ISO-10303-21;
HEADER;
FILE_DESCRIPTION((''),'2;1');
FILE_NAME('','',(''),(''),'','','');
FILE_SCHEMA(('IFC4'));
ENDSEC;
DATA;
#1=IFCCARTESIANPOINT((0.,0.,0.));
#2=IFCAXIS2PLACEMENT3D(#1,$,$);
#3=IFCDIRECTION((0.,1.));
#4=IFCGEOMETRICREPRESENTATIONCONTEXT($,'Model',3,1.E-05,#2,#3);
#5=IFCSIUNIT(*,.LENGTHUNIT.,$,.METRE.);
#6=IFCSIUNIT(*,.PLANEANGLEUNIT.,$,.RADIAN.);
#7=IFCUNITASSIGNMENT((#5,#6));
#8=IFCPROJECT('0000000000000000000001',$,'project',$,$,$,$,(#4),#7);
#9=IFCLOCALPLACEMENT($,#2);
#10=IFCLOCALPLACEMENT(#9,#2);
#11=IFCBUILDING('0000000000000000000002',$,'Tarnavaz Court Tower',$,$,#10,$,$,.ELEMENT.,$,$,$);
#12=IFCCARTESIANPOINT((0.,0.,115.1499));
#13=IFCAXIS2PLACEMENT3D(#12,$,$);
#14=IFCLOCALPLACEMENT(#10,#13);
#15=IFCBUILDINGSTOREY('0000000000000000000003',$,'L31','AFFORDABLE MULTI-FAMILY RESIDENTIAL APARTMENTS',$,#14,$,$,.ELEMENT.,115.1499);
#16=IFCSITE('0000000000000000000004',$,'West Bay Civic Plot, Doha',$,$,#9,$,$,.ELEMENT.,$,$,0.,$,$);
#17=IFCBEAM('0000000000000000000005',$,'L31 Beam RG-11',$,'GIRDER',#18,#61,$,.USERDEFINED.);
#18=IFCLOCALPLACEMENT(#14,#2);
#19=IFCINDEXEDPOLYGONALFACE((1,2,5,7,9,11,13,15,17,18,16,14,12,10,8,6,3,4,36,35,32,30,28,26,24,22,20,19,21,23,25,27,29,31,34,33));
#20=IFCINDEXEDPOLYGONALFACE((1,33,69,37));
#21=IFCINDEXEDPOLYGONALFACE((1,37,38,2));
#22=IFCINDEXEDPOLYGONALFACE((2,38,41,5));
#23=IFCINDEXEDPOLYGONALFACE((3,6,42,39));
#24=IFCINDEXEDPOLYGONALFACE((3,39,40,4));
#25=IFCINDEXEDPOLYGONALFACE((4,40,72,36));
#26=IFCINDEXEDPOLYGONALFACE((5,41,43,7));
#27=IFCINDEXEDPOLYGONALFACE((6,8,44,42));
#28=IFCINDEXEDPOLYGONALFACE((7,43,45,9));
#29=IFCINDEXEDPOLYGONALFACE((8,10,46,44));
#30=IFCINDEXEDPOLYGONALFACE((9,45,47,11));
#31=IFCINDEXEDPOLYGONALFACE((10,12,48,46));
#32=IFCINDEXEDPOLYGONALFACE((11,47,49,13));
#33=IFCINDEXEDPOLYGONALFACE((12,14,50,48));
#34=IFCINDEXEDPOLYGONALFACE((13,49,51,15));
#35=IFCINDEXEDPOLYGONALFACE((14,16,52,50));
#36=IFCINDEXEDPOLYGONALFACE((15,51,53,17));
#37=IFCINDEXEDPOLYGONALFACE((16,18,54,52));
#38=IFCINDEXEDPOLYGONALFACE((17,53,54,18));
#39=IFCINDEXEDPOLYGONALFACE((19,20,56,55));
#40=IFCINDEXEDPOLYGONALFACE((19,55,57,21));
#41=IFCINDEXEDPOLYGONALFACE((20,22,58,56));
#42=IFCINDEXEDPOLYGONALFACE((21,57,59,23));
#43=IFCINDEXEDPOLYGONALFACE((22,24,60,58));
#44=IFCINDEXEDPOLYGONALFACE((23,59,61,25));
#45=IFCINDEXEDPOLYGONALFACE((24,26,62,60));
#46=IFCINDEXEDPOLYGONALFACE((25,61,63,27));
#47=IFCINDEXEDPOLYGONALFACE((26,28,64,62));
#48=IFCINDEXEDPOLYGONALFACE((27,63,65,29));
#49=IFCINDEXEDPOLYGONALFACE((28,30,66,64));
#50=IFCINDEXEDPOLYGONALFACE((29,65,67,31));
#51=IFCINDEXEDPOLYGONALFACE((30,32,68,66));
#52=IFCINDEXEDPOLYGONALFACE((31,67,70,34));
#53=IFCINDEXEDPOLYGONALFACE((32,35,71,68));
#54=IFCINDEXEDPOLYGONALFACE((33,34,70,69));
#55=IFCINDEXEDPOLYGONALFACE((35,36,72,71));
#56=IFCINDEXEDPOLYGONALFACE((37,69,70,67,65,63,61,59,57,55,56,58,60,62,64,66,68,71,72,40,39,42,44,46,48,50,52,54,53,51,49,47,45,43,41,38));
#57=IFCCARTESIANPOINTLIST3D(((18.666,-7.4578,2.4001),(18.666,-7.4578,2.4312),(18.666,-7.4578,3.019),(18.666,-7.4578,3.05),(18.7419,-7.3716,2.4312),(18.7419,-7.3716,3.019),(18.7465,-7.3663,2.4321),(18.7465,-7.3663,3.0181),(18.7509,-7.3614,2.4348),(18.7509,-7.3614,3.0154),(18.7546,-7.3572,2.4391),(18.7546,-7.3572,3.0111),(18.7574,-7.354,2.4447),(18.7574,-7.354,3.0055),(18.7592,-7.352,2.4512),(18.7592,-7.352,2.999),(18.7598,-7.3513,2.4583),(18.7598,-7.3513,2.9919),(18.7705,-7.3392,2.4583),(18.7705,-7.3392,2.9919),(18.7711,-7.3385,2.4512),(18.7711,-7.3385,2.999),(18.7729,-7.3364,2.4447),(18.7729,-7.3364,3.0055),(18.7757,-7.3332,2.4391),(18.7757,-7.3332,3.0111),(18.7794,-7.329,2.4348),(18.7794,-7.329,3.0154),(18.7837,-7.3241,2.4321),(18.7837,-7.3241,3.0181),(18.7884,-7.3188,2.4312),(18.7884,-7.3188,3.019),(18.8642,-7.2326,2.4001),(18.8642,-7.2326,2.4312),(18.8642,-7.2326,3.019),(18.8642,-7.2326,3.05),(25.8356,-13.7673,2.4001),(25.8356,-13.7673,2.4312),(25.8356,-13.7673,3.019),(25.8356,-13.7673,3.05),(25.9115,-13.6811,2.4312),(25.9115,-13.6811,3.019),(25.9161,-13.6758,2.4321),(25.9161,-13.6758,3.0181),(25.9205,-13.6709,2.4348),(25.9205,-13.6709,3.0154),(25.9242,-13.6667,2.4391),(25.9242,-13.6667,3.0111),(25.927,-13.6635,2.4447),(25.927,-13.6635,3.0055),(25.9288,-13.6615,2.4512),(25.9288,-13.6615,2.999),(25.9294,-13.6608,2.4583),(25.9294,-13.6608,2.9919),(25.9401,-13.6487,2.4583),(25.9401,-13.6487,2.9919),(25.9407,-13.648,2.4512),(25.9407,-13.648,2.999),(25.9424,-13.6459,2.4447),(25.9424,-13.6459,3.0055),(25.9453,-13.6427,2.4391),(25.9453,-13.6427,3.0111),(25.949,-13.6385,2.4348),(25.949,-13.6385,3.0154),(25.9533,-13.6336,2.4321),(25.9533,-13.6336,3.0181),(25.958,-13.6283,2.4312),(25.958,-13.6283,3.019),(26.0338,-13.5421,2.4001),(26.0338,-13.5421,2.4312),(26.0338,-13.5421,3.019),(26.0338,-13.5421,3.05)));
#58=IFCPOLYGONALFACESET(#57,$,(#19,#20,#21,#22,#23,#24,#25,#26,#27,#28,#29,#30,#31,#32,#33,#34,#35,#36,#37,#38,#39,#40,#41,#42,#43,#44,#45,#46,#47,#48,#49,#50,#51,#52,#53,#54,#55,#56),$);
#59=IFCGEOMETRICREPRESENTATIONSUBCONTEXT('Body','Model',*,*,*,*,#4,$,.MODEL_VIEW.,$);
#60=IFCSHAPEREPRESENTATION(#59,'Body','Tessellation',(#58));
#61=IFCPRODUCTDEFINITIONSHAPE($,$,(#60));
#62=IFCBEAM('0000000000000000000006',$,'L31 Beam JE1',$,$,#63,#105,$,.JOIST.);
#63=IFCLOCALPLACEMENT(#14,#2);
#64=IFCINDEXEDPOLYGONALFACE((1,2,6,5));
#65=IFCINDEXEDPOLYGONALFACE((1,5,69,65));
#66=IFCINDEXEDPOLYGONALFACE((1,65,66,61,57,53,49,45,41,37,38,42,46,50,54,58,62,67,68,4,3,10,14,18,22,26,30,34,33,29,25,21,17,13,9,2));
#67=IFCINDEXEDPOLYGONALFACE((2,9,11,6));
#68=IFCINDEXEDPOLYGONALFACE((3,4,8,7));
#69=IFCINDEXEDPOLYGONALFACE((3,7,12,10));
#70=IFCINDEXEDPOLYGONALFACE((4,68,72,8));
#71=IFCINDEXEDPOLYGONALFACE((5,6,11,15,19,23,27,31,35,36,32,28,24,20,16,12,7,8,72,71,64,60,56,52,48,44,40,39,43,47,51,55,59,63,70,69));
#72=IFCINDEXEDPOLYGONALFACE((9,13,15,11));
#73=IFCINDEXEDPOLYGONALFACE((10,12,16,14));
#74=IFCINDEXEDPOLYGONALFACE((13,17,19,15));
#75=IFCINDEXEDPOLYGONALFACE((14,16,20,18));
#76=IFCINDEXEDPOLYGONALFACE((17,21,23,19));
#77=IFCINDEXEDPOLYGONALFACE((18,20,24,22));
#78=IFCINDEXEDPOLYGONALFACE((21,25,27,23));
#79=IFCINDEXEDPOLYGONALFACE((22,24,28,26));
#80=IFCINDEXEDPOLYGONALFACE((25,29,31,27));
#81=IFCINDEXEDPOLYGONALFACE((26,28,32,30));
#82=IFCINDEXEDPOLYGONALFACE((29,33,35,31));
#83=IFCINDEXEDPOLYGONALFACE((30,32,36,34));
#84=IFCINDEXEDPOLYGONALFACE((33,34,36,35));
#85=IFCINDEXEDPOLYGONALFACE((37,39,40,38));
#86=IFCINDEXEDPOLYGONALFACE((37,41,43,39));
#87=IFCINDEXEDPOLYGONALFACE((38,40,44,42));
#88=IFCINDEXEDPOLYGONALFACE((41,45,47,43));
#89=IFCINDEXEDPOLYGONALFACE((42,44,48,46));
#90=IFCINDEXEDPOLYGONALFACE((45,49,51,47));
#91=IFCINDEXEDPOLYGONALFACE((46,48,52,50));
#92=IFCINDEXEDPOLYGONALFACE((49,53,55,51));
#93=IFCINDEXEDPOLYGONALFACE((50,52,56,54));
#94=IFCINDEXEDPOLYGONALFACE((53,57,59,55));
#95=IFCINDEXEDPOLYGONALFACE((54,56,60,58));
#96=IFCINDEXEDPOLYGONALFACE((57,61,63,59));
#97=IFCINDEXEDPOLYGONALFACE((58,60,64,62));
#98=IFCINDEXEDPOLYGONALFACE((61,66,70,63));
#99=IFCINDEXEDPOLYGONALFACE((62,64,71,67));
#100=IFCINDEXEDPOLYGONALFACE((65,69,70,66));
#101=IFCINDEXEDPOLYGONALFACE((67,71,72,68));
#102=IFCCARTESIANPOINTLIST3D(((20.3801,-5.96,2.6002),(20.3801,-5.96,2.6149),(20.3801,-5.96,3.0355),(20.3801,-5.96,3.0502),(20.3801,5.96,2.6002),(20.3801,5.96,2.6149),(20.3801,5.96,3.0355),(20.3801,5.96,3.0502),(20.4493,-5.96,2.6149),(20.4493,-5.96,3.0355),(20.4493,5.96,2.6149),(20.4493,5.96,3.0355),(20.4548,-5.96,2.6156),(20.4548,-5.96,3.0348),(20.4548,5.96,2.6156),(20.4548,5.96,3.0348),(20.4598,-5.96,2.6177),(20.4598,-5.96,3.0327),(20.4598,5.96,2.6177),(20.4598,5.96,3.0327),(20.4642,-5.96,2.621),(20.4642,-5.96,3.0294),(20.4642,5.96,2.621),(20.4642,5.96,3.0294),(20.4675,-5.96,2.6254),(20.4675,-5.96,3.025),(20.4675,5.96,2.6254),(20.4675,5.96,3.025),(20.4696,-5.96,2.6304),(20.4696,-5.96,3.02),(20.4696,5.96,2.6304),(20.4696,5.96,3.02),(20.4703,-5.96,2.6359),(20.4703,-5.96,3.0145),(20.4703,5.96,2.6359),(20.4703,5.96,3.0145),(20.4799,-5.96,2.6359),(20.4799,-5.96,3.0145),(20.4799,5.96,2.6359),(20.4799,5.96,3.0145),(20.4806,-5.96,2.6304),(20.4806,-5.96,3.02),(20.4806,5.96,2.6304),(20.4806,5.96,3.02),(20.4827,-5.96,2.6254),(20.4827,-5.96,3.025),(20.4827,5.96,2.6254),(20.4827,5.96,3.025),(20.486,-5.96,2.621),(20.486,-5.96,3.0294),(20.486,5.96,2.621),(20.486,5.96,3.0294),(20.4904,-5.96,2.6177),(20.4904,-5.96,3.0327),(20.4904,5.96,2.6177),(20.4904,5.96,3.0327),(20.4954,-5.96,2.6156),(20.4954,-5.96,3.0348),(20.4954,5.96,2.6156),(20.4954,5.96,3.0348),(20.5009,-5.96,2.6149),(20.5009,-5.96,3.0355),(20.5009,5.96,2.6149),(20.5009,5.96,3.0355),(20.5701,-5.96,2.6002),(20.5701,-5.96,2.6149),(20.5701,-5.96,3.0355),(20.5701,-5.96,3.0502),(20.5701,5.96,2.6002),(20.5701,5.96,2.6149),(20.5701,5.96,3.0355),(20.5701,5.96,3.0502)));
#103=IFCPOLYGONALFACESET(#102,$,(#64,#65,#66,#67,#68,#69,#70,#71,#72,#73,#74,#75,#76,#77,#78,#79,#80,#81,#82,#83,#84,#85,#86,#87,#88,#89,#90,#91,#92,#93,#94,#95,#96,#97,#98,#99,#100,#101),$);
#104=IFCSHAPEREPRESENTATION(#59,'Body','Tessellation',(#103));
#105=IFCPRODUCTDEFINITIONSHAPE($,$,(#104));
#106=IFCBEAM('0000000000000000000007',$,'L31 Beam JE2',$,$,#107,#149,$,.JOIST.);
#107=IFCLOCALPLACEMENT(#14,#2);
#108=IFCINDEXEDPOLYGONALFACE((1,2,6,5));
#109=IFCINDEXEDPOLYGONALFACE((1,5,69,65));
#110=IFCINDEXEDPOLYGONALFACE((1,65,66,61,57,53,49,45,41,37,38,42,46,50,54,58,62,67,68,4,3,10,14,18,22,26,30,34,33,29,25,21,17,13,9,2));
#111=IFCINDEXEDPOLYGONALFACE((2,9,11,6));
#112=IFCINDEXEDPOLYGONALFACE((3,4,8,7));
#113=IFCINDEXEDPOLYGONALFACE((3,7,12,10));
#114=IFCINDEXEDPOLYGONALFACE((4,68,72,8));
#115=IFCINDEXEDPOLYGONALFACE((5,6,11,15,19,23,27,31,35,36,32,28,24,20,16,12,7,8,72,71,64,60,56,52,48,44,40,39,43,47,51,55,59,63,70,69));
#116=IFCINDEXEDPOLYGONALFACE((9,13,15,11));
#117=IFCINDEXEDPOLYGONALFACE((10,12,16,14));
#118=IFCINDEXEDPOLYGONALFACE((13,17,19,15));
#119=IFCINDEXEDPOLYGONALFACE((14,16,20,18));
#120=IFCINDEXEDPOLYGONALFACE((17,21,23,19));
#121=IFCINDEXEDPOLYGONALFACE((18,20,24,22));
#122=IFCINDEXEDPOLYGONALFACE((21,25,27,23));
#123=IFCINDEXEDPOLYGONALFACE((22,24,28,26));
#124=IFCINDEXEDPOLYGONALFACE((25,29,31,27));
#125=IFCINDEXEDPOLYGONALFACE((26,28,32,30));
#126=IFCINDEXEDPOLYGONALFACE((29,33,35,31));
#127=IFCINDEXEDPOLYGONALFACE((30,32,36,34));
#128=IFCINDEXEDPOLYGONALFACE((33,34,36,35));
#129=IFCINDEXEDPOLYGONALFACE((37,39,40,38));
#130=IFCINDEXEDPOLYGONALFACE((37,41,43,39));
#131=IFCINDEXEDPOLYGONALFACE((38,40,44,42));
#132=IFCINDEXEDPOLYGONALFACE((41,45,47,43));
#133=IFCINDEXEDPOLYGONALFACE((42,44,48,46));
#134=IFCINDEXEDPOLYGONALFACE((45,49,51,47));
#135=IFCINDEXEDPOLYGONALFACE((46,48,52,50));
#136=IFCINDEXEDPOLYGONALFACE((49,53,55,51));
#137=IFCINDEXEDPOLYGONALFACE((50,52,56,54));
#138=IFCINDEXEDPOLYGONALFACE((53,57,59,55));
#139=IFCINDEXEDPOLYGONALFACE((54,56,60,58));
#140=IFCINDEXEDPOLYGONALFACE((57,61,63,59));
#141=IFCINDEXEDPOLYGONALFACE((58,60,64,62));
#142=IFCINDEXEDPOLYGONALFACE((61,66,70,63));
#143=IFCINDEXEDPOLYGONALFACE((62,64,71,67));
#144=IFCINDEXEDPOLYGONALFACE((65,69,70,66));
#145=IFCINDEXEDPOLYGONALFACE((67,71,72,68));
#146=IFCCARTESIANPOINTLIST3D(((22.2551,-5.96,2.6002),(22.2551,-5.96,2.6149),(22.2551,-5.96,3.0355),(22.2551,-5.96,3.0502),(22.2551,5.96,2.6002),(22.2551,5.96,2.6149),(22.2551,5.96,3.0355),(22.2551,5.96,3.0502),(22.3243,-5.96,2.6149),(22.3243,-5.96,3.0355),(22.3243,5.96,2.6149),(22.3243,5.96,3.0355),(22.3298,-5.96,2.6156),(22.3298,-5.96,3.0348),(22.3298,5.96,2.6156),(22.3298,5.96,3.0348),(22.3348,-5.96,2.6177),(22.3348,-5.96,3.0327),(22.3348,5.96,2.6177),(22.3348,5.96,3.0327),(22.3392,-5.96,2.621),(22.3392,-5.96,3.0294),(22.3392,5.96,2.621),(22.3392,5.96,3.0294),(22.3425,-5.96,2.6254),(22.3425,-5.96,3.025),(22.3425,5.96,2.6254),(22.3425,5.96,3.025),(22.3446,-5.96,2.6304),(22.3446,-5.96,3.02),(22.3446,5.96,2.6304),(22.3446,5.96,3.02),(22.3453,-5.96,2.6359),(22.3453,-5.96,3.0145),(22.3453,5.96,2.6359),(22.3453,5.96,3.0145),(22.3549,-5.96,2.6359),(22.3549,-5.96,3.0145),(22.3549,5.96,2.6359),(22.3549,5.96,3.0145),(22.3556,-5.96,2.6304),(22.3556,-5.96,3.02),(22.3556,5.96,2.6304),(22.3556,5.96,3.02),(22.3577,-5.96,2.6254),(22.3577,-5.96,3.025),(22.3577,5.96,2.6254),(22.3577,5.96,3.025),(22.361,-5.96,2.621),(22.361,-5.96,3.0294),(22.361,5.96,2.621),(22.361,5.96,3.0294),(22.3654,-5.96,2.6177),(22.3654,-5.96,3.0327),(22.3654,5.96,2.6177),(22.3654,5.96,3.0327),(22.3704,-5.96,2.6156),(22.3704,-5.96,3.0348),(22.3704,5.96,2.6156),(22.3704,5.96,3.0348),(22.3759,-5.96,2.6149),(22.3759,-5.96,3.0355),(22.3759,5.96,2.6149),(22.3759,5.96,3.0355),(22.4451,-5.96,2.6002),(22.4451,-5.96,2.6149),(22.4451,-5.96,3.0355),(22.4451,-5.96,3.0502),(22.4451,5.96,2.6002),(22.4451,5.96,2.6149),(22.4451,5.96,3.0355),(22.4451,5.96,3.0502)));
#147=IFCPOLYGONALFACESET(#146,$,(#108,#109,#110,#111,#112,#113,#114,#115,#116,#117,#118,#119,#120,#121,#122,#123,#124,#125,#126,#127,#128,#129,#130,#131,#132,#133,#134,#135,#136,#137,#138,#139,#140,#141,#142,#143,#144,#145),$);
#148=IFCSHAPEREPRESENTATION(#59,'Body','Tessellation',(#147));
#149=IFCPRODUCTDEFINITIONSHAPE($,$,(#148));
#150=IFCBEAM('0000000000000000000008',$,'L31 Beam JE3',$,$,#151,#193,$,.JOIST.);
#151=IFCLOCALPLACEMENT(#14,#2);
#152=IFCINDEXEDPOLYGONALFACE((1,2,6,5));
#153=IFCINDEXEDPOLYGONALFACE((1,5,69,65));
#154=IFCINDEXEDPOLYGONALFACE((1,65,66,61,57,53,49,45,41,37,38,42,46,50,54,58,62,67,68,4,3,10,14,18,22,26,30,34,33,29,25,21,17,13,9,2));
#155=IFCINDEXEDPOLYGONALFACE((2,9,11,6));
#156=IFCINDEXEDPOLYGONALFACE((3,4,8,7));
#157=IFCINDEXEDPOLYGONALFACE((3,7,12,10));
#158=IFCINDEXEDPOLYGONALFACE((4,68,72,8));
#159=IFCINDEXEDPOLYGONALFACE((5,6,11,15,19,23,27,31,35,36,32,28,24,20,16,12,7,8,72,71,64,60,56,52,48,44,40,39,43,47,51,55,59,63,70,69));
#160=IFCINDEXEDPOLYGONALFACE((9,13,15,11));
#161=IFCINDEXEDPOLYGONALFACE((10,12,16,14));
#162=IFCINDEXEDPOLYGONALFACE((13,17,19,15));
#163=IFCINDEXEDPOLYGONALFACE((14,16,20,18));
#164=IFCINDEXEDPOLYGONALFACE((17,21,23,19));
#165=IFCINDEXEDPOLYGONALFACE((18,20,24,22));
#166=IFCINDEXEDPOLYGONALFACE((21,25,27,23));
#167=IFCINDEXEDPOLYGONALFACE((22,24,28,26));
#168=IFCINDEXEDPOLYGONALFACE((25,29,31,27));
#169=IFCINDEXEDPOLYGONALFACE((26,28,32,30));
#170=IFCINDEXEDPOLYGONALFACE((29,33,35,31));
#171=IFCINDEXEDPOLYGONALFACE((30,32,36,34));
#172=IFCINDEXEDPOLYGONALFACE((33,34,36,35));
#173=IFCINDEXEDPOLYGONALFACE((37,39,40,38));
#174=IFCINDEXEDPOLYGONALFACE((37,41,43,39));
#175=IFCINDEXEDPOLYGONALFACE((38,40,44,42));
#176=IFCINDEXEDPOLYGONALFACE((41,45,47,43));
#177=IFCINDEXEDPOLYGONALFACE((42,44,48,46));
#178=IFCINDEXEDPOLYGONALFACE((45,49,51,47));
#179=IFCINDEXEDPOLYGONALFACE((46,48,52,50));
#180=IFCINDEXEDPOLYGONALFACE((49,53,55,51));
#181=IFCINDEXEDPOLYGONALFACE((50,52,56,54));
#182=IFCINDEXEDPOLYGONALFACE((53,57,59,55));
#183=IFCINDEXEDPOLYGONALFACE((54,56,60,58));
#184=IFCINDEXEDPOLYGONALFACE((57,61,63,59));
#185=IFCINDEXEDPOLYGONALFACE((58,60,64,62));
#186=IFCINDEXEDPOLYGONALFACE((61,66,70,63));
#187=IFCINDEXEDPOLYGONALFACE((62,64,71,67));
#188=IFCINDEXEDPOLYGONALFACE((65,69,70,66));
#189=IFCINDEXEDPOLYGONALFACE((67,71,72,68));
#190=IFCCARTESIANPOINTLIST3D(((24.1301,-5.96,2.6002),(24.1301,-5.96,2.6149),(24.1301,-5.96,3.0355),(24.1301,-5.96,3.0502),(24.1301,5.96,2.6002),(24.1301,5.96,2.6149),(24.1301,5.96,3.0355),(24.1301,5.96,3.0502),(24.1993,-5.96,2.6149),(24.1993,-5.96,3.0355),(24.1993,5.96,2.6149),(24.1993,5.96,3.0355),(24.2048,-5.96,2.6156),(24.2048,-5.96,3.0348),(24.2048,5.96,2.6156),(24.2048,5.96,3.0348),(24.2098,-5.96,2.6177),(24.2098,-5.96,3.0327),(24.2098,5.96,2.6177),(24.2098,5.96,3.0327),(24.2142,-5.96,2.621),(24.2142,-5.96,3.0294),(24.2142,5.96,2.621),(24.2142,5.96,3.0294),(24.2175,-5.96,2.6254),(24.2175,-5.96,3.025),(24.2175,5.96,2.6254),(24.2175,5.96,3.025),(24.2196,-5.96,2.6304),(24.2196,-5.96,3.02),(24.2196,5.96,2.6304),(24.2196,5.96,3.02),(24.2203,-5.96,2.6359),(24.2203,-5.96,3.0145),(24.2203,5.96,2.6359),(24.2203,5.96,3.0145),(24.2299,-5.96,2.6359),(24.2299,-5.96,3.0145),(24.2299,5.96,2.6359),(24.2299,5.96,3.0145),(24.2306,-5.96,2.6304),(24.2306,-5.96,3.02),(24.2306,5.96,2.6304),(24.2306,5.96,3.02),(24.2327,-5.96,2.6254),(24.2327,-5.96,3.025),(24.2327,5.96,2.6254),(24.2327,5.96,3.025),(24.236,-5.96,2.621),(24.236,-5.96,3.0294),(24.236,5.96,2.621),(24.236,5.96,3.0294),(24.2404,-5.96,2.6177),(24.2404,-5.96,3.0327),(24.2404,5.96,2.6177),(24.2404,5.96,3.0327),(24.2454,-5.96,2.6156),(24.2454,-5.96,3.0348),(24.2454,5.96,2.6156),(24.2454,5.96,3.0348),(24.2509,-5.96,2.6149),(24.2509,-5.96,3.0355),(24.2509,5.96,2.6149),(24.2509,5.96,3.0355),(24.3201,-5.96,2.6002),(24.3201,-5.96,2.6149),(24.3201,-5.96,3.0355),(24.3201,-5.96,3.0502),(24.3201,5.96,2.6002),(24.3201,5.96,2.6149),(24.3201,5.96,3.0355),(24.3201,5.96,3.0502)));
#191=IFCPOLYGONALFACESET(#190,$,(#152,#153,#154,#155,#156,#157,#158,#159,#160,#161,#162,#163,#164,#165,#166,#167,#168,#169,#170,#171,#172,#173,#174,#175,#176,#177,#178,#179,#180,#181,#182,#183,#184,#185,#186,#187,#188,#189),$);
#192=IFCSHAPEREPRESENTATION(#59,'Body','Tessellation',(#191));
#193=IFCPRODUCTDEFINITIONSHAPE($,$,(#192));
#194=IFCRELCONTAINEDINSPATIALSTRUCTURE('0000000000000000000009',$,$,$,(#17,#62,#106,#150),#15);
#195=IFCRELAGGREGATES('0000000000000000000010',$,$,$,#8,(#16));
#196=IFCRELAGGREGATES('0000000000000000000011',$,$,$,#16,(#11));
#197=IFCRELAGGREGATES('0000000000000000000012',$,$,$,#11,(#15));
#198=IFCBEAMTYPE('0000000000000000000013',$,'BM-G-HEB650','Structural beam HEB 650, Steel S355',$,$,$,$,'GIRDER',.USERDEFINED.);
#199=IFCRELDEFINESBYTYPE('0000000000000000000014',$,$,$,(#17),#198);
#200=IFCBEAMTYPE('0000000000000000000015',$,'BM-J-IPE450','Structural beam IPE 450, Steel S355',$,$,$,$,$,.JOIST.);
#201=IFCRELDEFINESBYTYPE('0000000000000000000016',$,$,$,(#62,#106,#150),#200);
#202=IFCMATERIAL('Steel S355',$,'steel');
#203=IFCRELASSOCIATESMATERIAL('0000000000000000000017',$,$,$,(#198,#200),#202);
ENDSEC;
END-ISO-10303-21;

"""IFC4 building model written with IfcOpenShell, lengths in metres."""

from ifc_helpers import new_model, si_unit, direction, frame, origin, origin_2d, place, context, subcontext, project, spatial, i_section, extrude, material, material_profile, profile_set, type_object, element, save


model = new_model("IFC4")

# Units and contexts
model_context = context("Model", 3, precision=1e-05, world=origin(), true_north=direction((0.0, 1.0)))
body_context = subcontext(model_context, "Body", "Model", "MODEL_VIEW")
ifc_project = project(units=[si_unit("LENGTHUNIT", "METRE"), si_unit("PLANEANGLEUNIT", "RADIAN")], contexts=[model_context])

# Site, building, storey
site_placement = place(None, origin())
site = spatial("IfcSite", under=ifc_project, at=site_placement, Name="West Bay Civic Plot, Doha", CompositionType="ELEMENT", RefElevation=0.0)
building_placement = place(site_placement, origin())
building = spatial("IfcBuilding", under=site, at=building_placement, Name="Tarnavaz Court Tower", CompositionType="ELEMENT")
storey_placement = place(building_placement, frame((0.0, 0.0, 115.1499)))
storey = spatial("IfcBuildingStorey", under=building, at=storey_placement, Name="L31", Description="AFFORDABLE MULTI-FAMILY RESIDENTIAL APARTMENTS", CompositionType="ELEMENT", Elevation=115.1499)

# Beams
ifc_material_1 = material(Name="Steel S355", Category="steel")
ifc_material_profile_1 = material_profile(ifc_material_1, i_section(OverallWidth=0.3, OverallDepth=0.6499, WebThickness=0.0161, FlangeThickness=0.031, FilletRadius=0.0271, at=origin_2d()), Name="HEB 650")
ifc_profile_set_1 = profile_set([ifc_material_profile_1], Name="Steel S355")
beam_type_1 = type_object("IfcBeamType", Name="BM-G-HEB650", Description="Structural beam HEB 650, Steel S355", ElementType="GIRDER", PredefinedType="USERDEFINED", material=ifc_profile_set_1)
beam_1_placement = place(storey_placement, frame((18.7651, -7.3452, 2.7251), z_axis=(0.7507, -0.660643, 0.0), x_axis=(0.660643, 0.7507, 0.0)))
element("IfcBeam", 1, at=beam_1_placement, inside=storey, type_object=beam_type_1, Name="L31 Beam RG-11", ObjectType="GIRDER", PredefinedType="USERDEFINED", context=body_context, shape_type="SweptSolid", body=[
    extrude(i_section(OverallWidth=0.3, OverallDepth=0.6499, WebThickness=0.0161, FlangeThickness=0.031, FilletRadius=0.0271, at=origin_2d()), origin(), (0.0, 0.0, 1.0), 9.5505),
])
ifc_material_profile_2 = material_profile(ifc_material_1, i_section(OverallWidth=0.1899, OverallDepth=0.45, WebThickness=0.0095, FlangeThickness=0.0146, FilletRadius=0.021, at=origin_2d()), Name="IPE 450")
ifc_profile_set_2 = profile_set([ifc_material_profile_2], Name="Steel S355")
beam_type_2 = type_object("IfcBeamType", Name="BM-J-IPE450", Description="Structural beam IPE 450, Steel S355", PredefinedType="JOIST", material=ifc_profile_set_2)
for number, where, z_axis, x_axis, name in (
    (2, (20.4751, -5.96, 2.8252), (0.0, 1.0, 0.0), (-1.0, 0.0, 0.0), "L31 Beam JE1"),
    (3, (22.3501, -5.96, 2.8252), (0.0, 1.0, 0.0), (-1.0, 0.0, 0.0), "L31 Beam JE2"),
    (4, (24.2251, -5.96, 2.8252), (0.0, 1.0, 0.0), (-1.0, 0.0, 0.0), "L31 Beam JE3"),
):
    element("IfcBeam", number, at=place(storey_placement, frame(where, z_axis=z_axis, x_axis=x_axis)), inside=storey, type_object=beam_type_2, Name=name, PredefinedType="JOIST", context=body_context, shape_type="SweptSolid", body=[
        extrude(i_section(OverallWidth=0.1899, OverallDepth=0.45, WebThickness=0.0095, FlangeThickness=0.0146, FilletRadius=0.021, at=origin_2d()), origin(), (0.0, 0.0, 1.0), 11.9199),
    ])

save(model, "model.ifc")
